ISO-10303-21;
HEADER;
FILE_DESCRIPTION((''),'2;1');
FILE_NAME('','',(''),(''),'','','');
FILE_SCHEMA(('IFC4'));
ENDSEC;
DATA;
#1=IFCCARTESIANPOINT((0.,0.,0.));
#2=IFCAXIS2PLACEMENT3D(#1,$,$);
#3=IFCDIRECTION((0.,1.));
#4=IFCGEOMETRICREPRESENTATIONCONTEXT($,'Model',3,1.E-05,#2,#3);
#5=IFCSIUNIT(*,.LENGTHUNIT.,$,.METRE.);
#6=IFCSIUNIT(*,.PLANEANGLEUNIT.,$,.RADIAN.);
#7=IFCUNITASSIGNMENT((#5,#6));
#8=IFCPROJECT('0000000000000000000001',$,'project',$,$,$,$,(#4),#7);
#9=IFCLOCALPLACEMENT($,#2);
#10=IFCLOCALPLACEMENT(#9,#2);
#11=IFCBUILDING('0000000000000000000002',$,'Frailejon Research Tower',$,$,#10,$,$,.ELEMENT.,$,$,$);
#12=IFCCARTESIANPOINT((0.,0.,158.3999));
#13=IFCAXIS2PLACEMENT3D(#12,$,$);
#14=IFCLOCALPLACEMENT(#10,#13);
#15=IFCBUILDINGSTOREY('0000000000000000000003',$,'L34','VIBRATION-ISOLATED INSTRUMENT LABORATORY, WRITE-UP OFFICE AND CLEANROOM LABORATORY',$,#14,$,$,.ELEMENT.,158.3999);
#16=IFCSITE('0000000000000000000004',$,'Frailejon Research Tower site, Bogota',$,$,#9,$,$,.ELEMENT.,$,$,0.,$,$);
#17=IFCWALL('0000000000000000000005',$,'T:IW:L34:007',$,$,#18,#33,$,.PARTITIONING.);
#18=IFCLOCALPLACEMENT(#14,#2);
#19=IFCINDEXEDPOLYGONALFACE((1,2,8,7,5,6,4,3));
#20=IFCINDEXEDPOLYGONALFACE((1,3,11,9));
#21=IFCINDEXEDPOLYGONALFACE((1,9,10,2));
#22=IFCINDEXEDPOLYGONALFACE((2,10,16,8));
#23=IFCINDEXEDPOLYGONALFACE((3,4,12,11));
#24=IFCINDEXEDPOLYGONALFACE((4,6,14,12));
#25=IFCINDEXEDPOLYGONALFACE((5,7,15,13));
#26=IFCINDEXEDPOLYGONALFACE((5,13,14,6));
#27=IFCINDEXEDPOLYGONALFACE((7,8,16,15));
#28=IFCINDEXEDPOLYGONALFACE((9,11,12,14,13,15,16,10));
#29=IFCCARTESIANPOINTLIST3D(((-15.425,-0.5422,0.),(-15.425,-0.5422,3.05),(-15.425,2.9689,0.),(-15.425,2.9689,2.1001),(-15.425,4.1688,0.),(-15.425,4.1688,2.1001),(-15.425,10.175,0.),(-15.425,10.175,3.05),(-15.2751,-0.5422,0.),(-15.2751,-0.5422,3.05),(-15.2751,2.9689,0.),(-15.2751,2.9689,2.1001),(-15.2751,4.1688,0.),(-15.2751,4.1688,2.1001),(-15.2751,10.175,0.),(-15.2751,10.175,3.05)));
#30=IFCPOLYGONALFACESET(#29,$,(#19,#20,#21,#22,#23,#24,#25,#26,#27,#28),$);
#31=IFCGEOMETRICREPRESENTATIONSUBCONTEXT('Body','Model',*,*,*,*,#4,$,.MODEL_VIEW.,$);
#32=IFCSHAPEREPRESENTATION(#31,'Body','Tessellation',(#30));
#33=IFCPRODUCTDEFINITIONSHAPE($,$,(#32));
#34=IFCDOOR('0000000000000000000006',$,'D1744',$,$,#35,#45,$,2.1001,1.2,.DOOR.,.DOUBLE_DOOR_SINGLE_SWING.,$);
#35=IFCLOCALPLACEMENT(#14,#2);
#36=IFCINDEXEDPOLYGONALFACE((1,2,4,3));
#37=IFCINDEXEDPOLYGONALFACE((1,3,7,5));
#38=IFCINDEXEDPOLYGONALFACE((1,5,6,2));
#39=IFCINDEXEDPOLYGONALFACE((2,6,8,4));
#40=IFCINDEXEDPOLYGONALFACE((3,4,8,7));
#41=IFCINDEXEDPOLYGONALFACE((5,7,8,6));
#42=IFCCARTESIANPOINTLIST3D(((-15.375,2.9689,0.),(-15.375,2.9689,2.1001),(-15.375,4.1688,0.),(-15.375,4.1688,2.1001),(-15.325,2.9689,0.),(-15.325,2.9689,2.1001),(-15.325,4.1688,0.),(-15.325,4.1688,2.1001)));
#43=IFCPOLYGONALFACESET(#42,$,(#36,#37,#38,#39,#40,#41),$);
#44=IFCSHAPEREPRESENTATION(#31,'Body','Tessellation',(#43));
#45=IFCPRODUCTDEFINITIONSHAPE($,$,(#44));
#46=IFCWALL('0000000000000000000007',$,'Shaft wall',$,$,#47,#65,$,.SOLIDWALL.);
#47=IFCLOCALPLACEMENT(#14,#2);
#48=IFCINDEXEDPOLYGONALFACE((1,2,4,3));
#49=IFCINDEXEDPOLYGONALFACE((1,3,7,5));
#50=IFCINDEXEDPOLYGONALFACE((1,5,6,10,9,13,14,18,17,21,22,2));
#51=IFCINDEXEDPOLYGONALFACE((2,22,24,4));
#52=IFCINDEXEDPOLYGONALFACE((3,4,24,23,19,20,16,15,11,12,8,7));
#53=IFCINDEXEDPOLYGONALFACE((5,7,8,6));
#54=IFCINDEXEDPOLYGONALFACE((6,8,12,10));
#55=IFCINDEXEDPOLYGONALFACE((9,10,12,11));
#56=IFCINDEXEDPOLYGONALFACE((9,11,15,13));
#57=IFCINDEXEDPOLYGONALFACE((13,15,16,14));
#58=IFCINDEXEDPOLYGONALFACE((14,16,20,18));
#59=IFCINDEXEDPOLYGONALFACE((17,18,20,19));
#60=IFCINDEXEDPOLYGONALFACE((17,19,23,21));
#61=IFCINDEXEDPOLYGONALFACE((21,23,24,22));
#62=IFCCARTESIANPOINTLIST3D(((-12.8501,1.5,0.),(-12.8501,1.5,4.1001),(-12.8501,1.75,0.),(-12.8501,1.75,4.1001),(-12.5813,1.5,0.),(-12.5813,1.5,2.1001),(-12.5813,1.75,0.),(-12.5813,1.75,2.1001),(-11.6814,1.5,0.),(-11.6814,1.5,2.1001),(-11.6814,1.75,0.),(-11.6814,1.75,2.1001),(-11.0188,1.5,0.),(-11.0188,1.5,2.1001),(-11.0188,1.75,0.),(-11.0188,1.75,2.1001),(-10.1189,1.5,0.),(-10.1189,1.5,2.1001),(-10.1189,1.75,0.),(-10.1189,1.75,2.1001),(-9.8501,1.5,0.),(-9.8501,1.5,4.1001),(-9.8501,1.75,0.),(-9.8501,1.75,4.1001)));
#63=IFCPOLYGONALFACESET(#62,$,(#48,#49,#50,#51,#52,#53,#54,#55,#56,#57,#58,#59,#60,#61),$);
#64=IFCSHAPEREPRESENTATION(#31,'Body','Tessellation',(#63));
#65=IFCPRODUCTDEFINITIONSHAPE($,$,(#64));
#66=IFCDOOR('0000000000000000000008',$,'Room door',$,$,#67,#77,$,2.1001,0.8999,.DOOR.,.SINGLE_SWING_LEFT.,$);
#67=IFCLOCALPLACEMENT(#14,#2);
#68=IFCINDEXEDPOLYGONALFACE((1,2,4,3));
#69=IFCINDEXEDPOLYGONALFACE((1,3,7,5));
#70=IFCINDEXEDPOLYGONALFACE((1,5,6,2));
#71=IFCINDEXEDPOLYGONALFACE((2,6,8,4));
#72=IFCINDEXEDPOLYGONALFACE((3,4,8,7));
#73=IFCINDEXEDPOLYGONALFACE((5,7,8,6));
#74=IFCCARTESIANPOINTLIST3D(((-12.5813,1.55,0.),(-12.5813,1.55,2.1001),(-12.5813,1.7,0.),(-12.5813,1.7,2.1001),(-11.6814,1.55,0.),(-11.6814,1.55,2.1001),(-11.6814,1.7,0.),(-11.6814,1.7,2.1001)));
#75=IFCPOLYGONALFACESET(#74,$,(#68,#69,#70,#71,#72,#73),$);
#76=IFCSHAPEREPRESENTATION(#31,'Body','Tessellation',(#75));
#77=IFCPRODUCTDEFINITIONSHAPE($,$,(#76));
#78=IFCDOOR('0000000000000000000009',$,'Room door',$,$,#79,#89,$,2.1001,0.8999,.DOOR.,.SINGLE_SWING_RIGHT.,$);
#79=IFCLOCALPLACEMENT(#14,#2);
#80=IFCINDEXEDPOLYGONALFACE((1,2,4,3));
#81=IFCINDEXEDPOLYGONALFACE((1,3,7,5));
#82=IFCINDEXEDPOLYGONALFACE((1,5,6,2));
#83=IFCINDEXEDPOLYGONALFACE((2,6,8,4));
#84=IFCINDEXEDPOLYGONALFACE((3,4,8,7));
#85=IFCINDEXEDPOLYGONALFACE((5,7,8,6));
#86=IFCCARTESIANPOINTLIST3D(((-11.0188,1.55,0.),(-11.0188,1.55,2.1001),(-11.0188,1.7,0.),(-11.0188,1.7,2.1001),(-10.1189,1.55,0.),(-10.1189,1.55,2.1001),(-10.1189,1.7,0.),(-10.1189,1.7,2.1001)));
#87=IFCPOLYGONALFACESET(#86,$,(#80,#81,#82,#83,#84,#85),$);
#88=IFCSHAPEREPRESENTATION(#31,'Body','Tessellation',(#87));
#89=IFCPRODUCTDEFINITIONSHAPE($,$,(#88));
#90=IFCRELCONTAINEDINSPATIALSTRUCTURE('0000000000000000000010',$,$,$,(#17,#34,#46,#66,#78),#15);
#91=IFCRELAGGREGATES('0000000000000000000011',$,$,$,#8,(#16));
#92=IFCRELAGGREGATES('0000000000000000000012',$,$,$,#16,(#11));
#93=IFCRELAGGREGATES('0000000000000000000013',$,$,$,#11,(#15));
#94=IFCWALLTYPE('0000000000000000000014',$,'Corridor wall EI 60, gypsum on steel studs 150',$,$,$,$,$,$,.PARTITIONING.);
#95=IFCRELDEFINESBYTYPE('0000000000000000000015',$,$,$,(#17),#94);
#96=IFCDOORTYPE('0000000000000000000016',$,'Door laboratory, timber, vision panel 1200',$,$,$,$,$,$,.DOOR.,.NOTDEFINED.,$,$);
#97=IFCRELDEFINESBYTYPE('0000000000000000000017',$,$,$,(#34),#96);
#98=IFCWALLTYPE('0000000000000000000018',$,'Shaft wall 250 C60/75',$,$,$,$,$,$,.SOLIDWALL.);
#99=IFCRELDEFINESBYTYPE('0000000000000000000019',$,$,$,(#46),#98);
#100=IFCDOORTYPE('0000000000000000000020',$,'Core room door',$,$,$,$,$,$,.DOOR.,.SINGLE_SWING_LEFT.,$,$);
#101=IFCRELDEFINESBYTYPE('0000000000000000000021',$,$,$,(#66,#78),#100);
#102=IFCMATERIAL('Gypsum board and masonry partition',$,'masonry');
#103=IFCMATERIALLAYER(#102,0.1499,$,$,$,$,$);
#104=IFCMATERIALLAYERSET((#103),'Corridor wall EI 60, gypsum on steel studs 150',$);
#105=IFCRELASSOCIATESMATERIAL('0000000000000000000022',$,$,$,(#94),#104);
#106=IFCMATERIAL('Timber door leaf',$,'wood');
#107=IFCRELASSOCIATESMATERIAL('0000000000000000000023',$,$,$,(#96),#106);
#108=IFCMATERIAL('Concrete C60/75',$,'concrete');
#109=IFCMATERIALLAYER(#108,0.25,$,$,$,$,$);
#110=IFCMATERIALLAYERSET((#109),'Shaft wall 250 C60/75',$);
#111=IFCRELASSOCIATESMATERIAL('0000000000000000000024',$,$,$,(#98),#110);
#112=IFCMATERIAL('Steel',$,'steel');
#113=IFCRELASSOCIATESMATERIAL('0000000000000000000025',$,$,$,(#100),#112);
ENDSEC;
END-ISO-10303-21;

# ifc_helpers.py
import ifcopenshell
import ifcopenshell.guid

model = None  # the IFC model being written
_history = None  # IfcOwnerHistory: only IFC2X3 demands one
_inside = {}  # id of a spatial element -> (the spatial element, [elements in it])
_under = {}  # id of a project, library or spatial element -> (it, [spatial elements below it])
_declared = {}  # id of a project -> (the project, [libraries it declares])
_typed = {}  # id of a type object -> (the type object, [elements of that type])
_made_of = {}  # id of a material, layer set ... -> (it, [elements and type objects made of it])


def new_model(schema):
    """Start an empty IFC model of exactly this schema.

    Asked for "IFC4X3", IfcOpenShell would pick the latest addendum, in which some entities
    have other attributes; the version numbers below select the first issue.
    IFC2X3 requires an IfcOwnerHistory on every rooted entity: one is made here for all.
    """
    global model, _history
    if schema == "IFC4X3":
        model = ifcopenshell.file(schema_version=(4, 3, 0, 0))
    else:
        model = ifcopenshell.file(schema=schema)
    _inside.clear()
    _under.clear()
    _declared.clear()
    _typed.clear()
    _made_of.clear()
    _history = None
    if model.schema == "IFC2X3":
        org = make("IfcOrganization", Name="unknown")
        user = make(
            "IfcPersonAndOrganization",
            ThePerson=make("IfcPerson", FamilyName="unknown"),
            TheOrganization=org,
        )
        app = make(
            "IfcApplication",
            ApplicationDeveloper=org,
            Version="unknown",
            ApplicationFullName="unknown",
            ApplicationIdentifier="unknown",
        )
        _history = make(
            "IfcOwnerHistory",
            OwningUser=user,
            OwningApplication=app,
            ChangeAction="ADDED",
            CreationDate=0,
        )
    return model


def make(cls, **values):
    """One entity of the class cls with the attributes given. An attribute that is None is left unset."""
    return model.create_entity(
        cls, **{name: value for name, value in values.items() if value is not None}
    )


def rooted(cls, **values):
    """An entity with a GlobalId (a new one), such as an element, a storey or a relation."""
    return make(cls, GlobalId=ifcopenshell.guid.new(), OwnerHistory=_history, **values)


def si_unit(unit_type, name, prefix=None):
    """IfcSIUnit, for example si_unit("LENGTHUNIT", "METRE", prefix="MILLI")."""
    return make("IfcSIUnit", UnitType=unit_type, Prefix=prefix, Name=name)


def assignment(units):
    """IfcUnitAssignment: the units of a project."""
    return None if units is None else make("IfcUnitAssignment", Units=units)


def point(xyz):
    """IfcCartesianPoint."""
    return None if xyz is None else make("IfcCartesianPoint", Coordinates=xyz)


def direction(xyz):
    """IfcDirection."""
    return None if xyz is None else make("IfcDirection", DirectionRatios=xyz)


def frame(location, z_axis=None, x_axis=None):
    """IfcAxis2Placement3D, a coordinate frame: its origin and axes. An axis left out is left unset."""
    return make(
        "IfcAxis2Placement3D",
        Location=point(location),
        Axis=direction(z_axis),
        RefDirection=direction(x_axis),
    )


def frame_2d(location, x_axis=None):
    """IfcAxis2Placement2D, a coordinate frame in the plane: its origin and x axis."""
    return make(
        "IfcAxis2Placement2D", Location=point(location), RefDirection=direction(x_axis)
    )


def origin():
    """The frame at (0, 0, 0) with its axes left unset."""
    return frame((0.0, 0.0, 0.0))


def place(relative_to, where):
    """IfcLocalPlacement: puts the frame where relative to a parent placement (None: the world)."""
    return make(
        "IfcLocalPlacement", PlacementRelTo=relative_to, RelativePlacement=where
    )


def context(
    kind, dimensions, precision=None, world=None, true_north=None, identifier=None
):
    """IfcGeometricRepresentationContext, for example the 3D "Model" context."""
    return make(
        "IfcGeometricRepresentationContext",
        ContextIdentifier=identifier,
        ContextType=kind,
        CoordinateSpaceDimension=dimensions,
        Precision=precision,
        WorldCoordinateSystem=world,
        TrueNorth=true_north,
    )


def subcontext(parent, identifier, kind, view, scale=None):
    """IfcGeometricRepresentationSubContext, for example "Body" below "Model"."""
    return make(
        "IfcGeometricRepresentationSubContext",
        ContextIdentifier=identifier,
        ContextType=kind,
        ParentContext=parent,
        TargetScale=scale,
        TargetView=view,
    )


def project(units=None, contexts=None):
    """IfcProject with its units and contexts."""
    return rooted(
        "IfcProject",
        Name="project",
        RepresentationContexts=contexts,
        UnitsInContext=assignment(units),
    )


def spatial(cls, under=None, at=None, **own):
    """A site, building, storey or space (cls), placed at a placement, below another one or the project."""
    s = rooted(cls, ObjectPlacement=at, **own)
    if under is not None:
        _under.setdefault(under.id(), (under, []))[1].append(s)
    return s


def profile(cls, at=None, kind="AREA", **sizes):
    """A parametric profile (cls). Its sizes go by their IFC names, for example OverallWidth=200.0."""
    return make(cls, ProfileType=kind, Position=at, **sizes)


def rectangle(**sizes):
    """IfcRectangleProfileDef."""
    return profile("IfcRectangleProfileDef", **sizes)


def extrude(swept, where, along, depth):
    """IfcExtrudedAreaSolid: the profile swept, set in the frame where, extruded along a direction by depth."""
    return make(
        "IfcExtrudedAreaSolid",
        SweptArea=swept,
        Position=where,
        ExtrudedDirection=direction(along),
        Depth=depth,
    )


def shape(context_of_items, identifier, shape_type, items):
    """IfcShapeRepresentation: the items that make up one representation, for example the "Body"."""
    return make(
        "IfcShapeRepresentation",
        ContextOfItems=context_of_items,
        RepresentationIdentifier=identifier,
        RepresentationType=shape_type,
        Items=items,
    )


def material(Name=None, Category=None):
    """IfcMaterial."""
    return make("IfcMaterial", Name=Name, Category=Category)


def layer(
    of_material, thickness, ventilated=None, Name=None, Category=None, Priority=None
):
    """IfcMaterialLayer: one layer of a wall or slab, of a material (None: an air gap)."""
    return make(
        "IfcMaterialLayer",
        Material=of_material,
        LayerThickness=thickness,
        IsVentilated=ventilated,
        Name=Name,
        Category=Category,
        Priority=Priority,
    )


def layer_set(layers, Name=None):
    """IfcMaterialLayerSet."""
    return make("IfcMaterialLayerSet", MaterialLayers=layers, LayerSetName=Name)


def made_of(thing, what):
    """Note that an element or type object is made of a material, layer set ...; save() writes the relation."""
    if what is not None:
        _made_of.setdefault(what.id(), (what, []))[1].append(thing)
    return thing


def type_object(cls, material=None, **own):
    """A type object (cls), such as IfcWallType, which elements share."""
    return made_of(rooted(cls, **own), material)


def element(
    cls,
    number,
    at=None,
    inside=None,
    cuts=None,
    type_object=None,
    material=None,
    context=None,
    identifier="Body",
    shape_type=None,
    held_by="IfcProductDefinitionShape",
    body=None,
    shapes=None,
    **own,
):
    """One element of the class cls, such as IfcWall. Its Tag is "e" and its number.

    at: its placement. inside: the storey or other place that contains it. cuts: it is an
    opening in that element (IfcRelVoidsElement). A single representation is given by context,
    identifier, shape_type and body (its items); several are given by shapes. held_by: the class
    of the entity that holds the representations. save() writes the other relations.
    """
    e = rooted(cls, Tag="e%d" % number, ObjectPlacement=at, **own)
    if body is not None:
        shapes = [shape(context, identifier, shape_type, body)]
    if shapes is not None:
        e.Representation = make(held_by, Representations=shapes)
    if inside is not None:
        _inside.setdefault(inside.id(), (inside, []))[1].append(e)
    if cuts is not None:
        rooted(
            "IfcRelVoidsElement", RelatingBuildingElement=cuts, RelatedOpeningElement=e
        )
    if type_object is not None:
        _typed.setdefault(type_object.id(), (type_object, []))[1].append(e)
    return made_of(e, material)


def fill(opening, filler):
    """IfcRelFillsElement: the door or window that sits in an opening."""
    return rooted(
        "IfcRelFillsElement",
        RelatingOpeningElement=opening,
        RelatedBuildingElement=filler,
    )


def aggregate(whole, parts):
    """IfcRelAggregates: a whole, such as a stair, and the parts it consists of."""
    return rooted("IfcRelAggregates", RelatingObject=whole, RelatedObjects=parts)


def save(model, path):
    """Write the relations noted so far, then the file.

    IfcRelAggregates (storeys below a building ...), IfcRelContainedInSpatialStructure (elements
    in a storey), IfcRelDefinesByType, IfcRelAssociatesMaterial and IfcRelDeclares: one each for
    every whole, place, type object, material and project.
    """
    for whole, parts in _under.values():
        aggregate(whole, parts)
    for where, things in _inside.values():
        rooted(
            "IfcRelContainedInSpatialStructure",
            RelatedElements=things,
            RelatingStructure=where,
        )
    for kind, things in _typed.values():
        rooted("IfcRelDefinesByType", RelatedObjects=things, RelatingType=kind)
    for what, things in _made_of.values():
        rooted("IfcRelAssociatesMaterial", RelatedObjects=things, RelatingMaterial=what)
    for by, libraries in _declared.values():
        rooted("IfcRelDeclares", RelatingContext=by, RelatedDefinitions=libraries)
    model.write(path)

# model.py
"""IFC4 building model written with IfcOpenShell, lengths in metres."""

from ifc_helpers import new_model, si_unit, direction, frame, frame_2d, origin, place, context, subcontext, project, spatial, rectangle, extrude, material, layer, layer_set, type_object, element, fill, save


model = new_model("IFC4")

# Units and contexts
model_context = context("Model", 3, precision=1e-05, world=origin(), true_north=direction((0.0, 1.0)))
body_context = subcontext(model_context, "Body", "Model", "MODEL_VIEW")
ifc_project = project(units=[si_unit("LENGTHUNIT", "METRE"), si_unit("PLANEANGLEUNIT", "RADIAN")], contexts=[model_context])

# Site, building, storey
site_placement = place(None, origin())
site = spatial("IfcSite", under=ifc_project, at=site_placement, Name="Frailejon Research Tower site, Bogota", CompositionType="ELEMENT", RefElevation=0.0)
building_placement = place(site_placement, origin())
building = spatial("IfcBuilding", under=site, at=building_placement, Name="Frailejon Research Tower", CompositionType="ELEMENT")
storey_placement = place(building_placement, frame((0.0, 0.0, 158.3999)))
storey = spatial("IfcBuildingStorey", under=building, at=storey_placement, Name="L34", Description="VIBRATION-ISOLATED INSTRUMENT LABORATORY, WRITE-UP OFFICE AND CLEANROOM LABORATORY", CompositionType="ELEMENT", Elevation=158.3999)

# Wall, opening, door
ifc_material_1 = material(Name="Gypsum board and masonry partition", Category="masonry")
ifc_layer_1 = layer(ifc_material_1, 0.1499)
ifc_layer_set_1 = layer_set([ifc_layer_1], Name="Corridor wall EI 60, gypsum on steel studs 150")
wall_type_1 = type_object("IfcWallType", Name="Corridor wall EI 60, gypsum on steel studs 150", PredefinedType="PARTITIONING", material=ifc_layer_set_1)
wall_1_placement = place(storey_placement, frame((-15.3501, -0.5422, 0.0), z_axis=(0.0, 0.0, 1.0), x_axis=(0.0, 1.0, 0.0)))
wall_1 = element("IfcWall", 1, at=wall_1_placement, inside=storey, type_object=wall_type_1, Name="T:IW:L34:007", PredefinedType="PARTITIONING", context=body_context, shape_type="SweptSolid", body=[
    extrude(rectangle(XDim=10.7173, YDim=0.1499, at=frame_2d((5.3586, 0.0))), origin(), (0.0, 0.0, 1.0), 3.05),
])
opening_1_placement = place(wall_1_placement, frame((3.511, 0.0, 0.0)))
opening_1 = element("IfcOpeningElement", 2, at=opening_1_placement, cuts=wall_1, PredefinedType="OPENING", context=body_context, shape_type="SweptSolid", body=[
    extrude(rectangle(XDim=1.2, YDim=2.1001, at=frame_2d((0.6001, 1.05))), frame((0.0, 0.085, 0.0), z_axis=(0.0, -1.0, 0.0), x_axis=(1.0, 0.0, 0.0)), (0.0, 0.0, 1.0), 0.1699),
])
ifc_material_2 = material(Name="Timber door leaf", Category="wood")
door_type_1 = type_object("IfcDoorType", Name="Door laboratory, timber, vision panel 1200", OperationType="NOTDEFINED", PredefinedType="DOOR", material=ifc_material_2)
door_1_placement = place(opening_1_placement, origin())
door_1 = element("IfcDoor", 3, at=door_1_placement, inside=storey, type_object=door_type_1, Name="D1744", OperationType="DOUBLE_DOOR_SINGLE_SWING", OverallHeight=2.1001, OverallWidth=1.2, PredefinedType="DOOR", context=body_context, shape_type="SweptSolid", body=[
    extrude(rectangle(XDim=1.2, YDim=2.1001, at=frame_2d((0.6001, 1.05))), frame((0.0, 0.0249, 0.0), z_axis=(0.0, -1.0, 0.0), x_axis=(1.0, 0.0, 0.0)), (0.0, 0.0, 1.0), 0.05),
])
fill(opening_1, door_1)

# Wall, openings, doors
ifc_material_3 = material(Name="Concrete C60/75", Category="concrete")
ifc_layer_2 = layer(ifc_material_3, 0.25)
ifc_layer_set_2 = layer_set([ifc_layer_2], Name="Shaft wall 250 C60/75")
wall_type_2 = type_object("IfcWallType", Name="Shaft wall 250 C60/75", PredefinedType="SOLIDWALL", material=ifc_layer_set_2)
wall_2_placement = place(storey_placement, frame((-12.8501, 1.625, 0.0), z_axis=(0.0, 0.0, 1.0), x_axis=(1.0, 0.0, 0.0)))
wall_2 = element("IfcWall", 4, at=wall_2_placement, inside=storey, type_object=wall_type_2, Name="Shaft wall", PredefinedType="SOLIDWALL", context=body_context, shape_type="SweptSolid", body=[
    extrude(rectangle(XDim=3.0, YDim=0.25, at=frame_2d((1.5, 0.0))), origin(), (0.0, 0.0, 1.0), 4.1001),
])
opening_2_placement = place(wall_2_placement, frame((0.2688, 0.0, 0.0)))
opening_2 = element("IfcOpeningElement", 5, at=opening_2_placement, cuts=wall_2, PredefinedType="OPENING", context=body_context, shape_type="SweptSolid", body=[
    extrude(rectangle(XDim=0.8999, YDim=2.1001, at=frame_2d((0.45, 1.05))), frame((0.0, 0.135, 0.0), z_axis=(0.0, -1.0, 0.0), x_axis=(1.0, 0.0, 0.0)), (0.0, 0.0, 1.0), 0.27),
])
opening_3_placement = place(wall_2_placement, frame((1.8313, 0.0, 0.0)))
opening_3 = element("IfcOpeningElement", 6, at=opening_3_placement, cuts=wall_2, PredefinedType="OPENING", context=body_context, shape_type="SweptSolid", body=[
    extrude(rectangle(XDim=0.8999, YDim=2.1001, at=frame_2d((0.45, 1.05))), frame((0.0, 0.135, 0.0), z_axis=(0.0, -1.0, 0.0), x_axis=(1.0, 0.0, 0.0)), (0.0, 0.0, 1.0), 0.27),
])
ifc_material_4 = material(Name="Steel", Category="steel")
door_type_2 = type_object("IfcDoorType", Name="Core room door", OperationType="SINGLE_SWING_LEFT", PredefinedType="DOOR", material=ifc_material_4)
door_2_placement = place(opening_2_placement, origin())
door_2 = element("IfcDoor", 7, at=door_2_placement, inside=storey, type_object=door_type_2, Name="Room door", OperationType="SINGLE_SWING_LEFT", OverallHeight=2.1001, OverallWidth=0.8999, PredefinedType="DOOR", context=body_context, shape_type="SweptSolid", body=[
    extrude(rectangle(XDim=0.8999, YDim=2.1001, at=frame_2d((0.45, 1.05))), frame((0.0, 0.075, 0.0), z_axis=(0.0, -1.0, 0.0), x_axis=(1.0, 0.0, 0.0)), (0.0, 0.0, 1.0), 0.1499),
])
fill(opening_2, door_2)
door_3_placement = place(opening_3_placement, origin())
door_3 = element("IfcDoor", 8, at=door_3_placement, inside=storey, type_object=door_type_2, Name="Room door", OperationType="SINGLE_SWING_RIGHT", OverallHeight=2.1001, OverallWidth=0.8999, PredefinedType="DOOR", context=body_context, shape_type="SweptSolid", body=[
    extrude(rectangle(XDim=0.8999, YDim=2.1001, at=frame_2d((0.45, 1.05))), frame((0.0, 0.075, 0.0), z_axis=(0.0, -1.0, 0.0), x_axis=(1.0, 0.0, 0.0)), (0.0, 0.0, 1.0), 0.1499),
])
fill(opening_3, door_3)

save(model, "model.ifc")
